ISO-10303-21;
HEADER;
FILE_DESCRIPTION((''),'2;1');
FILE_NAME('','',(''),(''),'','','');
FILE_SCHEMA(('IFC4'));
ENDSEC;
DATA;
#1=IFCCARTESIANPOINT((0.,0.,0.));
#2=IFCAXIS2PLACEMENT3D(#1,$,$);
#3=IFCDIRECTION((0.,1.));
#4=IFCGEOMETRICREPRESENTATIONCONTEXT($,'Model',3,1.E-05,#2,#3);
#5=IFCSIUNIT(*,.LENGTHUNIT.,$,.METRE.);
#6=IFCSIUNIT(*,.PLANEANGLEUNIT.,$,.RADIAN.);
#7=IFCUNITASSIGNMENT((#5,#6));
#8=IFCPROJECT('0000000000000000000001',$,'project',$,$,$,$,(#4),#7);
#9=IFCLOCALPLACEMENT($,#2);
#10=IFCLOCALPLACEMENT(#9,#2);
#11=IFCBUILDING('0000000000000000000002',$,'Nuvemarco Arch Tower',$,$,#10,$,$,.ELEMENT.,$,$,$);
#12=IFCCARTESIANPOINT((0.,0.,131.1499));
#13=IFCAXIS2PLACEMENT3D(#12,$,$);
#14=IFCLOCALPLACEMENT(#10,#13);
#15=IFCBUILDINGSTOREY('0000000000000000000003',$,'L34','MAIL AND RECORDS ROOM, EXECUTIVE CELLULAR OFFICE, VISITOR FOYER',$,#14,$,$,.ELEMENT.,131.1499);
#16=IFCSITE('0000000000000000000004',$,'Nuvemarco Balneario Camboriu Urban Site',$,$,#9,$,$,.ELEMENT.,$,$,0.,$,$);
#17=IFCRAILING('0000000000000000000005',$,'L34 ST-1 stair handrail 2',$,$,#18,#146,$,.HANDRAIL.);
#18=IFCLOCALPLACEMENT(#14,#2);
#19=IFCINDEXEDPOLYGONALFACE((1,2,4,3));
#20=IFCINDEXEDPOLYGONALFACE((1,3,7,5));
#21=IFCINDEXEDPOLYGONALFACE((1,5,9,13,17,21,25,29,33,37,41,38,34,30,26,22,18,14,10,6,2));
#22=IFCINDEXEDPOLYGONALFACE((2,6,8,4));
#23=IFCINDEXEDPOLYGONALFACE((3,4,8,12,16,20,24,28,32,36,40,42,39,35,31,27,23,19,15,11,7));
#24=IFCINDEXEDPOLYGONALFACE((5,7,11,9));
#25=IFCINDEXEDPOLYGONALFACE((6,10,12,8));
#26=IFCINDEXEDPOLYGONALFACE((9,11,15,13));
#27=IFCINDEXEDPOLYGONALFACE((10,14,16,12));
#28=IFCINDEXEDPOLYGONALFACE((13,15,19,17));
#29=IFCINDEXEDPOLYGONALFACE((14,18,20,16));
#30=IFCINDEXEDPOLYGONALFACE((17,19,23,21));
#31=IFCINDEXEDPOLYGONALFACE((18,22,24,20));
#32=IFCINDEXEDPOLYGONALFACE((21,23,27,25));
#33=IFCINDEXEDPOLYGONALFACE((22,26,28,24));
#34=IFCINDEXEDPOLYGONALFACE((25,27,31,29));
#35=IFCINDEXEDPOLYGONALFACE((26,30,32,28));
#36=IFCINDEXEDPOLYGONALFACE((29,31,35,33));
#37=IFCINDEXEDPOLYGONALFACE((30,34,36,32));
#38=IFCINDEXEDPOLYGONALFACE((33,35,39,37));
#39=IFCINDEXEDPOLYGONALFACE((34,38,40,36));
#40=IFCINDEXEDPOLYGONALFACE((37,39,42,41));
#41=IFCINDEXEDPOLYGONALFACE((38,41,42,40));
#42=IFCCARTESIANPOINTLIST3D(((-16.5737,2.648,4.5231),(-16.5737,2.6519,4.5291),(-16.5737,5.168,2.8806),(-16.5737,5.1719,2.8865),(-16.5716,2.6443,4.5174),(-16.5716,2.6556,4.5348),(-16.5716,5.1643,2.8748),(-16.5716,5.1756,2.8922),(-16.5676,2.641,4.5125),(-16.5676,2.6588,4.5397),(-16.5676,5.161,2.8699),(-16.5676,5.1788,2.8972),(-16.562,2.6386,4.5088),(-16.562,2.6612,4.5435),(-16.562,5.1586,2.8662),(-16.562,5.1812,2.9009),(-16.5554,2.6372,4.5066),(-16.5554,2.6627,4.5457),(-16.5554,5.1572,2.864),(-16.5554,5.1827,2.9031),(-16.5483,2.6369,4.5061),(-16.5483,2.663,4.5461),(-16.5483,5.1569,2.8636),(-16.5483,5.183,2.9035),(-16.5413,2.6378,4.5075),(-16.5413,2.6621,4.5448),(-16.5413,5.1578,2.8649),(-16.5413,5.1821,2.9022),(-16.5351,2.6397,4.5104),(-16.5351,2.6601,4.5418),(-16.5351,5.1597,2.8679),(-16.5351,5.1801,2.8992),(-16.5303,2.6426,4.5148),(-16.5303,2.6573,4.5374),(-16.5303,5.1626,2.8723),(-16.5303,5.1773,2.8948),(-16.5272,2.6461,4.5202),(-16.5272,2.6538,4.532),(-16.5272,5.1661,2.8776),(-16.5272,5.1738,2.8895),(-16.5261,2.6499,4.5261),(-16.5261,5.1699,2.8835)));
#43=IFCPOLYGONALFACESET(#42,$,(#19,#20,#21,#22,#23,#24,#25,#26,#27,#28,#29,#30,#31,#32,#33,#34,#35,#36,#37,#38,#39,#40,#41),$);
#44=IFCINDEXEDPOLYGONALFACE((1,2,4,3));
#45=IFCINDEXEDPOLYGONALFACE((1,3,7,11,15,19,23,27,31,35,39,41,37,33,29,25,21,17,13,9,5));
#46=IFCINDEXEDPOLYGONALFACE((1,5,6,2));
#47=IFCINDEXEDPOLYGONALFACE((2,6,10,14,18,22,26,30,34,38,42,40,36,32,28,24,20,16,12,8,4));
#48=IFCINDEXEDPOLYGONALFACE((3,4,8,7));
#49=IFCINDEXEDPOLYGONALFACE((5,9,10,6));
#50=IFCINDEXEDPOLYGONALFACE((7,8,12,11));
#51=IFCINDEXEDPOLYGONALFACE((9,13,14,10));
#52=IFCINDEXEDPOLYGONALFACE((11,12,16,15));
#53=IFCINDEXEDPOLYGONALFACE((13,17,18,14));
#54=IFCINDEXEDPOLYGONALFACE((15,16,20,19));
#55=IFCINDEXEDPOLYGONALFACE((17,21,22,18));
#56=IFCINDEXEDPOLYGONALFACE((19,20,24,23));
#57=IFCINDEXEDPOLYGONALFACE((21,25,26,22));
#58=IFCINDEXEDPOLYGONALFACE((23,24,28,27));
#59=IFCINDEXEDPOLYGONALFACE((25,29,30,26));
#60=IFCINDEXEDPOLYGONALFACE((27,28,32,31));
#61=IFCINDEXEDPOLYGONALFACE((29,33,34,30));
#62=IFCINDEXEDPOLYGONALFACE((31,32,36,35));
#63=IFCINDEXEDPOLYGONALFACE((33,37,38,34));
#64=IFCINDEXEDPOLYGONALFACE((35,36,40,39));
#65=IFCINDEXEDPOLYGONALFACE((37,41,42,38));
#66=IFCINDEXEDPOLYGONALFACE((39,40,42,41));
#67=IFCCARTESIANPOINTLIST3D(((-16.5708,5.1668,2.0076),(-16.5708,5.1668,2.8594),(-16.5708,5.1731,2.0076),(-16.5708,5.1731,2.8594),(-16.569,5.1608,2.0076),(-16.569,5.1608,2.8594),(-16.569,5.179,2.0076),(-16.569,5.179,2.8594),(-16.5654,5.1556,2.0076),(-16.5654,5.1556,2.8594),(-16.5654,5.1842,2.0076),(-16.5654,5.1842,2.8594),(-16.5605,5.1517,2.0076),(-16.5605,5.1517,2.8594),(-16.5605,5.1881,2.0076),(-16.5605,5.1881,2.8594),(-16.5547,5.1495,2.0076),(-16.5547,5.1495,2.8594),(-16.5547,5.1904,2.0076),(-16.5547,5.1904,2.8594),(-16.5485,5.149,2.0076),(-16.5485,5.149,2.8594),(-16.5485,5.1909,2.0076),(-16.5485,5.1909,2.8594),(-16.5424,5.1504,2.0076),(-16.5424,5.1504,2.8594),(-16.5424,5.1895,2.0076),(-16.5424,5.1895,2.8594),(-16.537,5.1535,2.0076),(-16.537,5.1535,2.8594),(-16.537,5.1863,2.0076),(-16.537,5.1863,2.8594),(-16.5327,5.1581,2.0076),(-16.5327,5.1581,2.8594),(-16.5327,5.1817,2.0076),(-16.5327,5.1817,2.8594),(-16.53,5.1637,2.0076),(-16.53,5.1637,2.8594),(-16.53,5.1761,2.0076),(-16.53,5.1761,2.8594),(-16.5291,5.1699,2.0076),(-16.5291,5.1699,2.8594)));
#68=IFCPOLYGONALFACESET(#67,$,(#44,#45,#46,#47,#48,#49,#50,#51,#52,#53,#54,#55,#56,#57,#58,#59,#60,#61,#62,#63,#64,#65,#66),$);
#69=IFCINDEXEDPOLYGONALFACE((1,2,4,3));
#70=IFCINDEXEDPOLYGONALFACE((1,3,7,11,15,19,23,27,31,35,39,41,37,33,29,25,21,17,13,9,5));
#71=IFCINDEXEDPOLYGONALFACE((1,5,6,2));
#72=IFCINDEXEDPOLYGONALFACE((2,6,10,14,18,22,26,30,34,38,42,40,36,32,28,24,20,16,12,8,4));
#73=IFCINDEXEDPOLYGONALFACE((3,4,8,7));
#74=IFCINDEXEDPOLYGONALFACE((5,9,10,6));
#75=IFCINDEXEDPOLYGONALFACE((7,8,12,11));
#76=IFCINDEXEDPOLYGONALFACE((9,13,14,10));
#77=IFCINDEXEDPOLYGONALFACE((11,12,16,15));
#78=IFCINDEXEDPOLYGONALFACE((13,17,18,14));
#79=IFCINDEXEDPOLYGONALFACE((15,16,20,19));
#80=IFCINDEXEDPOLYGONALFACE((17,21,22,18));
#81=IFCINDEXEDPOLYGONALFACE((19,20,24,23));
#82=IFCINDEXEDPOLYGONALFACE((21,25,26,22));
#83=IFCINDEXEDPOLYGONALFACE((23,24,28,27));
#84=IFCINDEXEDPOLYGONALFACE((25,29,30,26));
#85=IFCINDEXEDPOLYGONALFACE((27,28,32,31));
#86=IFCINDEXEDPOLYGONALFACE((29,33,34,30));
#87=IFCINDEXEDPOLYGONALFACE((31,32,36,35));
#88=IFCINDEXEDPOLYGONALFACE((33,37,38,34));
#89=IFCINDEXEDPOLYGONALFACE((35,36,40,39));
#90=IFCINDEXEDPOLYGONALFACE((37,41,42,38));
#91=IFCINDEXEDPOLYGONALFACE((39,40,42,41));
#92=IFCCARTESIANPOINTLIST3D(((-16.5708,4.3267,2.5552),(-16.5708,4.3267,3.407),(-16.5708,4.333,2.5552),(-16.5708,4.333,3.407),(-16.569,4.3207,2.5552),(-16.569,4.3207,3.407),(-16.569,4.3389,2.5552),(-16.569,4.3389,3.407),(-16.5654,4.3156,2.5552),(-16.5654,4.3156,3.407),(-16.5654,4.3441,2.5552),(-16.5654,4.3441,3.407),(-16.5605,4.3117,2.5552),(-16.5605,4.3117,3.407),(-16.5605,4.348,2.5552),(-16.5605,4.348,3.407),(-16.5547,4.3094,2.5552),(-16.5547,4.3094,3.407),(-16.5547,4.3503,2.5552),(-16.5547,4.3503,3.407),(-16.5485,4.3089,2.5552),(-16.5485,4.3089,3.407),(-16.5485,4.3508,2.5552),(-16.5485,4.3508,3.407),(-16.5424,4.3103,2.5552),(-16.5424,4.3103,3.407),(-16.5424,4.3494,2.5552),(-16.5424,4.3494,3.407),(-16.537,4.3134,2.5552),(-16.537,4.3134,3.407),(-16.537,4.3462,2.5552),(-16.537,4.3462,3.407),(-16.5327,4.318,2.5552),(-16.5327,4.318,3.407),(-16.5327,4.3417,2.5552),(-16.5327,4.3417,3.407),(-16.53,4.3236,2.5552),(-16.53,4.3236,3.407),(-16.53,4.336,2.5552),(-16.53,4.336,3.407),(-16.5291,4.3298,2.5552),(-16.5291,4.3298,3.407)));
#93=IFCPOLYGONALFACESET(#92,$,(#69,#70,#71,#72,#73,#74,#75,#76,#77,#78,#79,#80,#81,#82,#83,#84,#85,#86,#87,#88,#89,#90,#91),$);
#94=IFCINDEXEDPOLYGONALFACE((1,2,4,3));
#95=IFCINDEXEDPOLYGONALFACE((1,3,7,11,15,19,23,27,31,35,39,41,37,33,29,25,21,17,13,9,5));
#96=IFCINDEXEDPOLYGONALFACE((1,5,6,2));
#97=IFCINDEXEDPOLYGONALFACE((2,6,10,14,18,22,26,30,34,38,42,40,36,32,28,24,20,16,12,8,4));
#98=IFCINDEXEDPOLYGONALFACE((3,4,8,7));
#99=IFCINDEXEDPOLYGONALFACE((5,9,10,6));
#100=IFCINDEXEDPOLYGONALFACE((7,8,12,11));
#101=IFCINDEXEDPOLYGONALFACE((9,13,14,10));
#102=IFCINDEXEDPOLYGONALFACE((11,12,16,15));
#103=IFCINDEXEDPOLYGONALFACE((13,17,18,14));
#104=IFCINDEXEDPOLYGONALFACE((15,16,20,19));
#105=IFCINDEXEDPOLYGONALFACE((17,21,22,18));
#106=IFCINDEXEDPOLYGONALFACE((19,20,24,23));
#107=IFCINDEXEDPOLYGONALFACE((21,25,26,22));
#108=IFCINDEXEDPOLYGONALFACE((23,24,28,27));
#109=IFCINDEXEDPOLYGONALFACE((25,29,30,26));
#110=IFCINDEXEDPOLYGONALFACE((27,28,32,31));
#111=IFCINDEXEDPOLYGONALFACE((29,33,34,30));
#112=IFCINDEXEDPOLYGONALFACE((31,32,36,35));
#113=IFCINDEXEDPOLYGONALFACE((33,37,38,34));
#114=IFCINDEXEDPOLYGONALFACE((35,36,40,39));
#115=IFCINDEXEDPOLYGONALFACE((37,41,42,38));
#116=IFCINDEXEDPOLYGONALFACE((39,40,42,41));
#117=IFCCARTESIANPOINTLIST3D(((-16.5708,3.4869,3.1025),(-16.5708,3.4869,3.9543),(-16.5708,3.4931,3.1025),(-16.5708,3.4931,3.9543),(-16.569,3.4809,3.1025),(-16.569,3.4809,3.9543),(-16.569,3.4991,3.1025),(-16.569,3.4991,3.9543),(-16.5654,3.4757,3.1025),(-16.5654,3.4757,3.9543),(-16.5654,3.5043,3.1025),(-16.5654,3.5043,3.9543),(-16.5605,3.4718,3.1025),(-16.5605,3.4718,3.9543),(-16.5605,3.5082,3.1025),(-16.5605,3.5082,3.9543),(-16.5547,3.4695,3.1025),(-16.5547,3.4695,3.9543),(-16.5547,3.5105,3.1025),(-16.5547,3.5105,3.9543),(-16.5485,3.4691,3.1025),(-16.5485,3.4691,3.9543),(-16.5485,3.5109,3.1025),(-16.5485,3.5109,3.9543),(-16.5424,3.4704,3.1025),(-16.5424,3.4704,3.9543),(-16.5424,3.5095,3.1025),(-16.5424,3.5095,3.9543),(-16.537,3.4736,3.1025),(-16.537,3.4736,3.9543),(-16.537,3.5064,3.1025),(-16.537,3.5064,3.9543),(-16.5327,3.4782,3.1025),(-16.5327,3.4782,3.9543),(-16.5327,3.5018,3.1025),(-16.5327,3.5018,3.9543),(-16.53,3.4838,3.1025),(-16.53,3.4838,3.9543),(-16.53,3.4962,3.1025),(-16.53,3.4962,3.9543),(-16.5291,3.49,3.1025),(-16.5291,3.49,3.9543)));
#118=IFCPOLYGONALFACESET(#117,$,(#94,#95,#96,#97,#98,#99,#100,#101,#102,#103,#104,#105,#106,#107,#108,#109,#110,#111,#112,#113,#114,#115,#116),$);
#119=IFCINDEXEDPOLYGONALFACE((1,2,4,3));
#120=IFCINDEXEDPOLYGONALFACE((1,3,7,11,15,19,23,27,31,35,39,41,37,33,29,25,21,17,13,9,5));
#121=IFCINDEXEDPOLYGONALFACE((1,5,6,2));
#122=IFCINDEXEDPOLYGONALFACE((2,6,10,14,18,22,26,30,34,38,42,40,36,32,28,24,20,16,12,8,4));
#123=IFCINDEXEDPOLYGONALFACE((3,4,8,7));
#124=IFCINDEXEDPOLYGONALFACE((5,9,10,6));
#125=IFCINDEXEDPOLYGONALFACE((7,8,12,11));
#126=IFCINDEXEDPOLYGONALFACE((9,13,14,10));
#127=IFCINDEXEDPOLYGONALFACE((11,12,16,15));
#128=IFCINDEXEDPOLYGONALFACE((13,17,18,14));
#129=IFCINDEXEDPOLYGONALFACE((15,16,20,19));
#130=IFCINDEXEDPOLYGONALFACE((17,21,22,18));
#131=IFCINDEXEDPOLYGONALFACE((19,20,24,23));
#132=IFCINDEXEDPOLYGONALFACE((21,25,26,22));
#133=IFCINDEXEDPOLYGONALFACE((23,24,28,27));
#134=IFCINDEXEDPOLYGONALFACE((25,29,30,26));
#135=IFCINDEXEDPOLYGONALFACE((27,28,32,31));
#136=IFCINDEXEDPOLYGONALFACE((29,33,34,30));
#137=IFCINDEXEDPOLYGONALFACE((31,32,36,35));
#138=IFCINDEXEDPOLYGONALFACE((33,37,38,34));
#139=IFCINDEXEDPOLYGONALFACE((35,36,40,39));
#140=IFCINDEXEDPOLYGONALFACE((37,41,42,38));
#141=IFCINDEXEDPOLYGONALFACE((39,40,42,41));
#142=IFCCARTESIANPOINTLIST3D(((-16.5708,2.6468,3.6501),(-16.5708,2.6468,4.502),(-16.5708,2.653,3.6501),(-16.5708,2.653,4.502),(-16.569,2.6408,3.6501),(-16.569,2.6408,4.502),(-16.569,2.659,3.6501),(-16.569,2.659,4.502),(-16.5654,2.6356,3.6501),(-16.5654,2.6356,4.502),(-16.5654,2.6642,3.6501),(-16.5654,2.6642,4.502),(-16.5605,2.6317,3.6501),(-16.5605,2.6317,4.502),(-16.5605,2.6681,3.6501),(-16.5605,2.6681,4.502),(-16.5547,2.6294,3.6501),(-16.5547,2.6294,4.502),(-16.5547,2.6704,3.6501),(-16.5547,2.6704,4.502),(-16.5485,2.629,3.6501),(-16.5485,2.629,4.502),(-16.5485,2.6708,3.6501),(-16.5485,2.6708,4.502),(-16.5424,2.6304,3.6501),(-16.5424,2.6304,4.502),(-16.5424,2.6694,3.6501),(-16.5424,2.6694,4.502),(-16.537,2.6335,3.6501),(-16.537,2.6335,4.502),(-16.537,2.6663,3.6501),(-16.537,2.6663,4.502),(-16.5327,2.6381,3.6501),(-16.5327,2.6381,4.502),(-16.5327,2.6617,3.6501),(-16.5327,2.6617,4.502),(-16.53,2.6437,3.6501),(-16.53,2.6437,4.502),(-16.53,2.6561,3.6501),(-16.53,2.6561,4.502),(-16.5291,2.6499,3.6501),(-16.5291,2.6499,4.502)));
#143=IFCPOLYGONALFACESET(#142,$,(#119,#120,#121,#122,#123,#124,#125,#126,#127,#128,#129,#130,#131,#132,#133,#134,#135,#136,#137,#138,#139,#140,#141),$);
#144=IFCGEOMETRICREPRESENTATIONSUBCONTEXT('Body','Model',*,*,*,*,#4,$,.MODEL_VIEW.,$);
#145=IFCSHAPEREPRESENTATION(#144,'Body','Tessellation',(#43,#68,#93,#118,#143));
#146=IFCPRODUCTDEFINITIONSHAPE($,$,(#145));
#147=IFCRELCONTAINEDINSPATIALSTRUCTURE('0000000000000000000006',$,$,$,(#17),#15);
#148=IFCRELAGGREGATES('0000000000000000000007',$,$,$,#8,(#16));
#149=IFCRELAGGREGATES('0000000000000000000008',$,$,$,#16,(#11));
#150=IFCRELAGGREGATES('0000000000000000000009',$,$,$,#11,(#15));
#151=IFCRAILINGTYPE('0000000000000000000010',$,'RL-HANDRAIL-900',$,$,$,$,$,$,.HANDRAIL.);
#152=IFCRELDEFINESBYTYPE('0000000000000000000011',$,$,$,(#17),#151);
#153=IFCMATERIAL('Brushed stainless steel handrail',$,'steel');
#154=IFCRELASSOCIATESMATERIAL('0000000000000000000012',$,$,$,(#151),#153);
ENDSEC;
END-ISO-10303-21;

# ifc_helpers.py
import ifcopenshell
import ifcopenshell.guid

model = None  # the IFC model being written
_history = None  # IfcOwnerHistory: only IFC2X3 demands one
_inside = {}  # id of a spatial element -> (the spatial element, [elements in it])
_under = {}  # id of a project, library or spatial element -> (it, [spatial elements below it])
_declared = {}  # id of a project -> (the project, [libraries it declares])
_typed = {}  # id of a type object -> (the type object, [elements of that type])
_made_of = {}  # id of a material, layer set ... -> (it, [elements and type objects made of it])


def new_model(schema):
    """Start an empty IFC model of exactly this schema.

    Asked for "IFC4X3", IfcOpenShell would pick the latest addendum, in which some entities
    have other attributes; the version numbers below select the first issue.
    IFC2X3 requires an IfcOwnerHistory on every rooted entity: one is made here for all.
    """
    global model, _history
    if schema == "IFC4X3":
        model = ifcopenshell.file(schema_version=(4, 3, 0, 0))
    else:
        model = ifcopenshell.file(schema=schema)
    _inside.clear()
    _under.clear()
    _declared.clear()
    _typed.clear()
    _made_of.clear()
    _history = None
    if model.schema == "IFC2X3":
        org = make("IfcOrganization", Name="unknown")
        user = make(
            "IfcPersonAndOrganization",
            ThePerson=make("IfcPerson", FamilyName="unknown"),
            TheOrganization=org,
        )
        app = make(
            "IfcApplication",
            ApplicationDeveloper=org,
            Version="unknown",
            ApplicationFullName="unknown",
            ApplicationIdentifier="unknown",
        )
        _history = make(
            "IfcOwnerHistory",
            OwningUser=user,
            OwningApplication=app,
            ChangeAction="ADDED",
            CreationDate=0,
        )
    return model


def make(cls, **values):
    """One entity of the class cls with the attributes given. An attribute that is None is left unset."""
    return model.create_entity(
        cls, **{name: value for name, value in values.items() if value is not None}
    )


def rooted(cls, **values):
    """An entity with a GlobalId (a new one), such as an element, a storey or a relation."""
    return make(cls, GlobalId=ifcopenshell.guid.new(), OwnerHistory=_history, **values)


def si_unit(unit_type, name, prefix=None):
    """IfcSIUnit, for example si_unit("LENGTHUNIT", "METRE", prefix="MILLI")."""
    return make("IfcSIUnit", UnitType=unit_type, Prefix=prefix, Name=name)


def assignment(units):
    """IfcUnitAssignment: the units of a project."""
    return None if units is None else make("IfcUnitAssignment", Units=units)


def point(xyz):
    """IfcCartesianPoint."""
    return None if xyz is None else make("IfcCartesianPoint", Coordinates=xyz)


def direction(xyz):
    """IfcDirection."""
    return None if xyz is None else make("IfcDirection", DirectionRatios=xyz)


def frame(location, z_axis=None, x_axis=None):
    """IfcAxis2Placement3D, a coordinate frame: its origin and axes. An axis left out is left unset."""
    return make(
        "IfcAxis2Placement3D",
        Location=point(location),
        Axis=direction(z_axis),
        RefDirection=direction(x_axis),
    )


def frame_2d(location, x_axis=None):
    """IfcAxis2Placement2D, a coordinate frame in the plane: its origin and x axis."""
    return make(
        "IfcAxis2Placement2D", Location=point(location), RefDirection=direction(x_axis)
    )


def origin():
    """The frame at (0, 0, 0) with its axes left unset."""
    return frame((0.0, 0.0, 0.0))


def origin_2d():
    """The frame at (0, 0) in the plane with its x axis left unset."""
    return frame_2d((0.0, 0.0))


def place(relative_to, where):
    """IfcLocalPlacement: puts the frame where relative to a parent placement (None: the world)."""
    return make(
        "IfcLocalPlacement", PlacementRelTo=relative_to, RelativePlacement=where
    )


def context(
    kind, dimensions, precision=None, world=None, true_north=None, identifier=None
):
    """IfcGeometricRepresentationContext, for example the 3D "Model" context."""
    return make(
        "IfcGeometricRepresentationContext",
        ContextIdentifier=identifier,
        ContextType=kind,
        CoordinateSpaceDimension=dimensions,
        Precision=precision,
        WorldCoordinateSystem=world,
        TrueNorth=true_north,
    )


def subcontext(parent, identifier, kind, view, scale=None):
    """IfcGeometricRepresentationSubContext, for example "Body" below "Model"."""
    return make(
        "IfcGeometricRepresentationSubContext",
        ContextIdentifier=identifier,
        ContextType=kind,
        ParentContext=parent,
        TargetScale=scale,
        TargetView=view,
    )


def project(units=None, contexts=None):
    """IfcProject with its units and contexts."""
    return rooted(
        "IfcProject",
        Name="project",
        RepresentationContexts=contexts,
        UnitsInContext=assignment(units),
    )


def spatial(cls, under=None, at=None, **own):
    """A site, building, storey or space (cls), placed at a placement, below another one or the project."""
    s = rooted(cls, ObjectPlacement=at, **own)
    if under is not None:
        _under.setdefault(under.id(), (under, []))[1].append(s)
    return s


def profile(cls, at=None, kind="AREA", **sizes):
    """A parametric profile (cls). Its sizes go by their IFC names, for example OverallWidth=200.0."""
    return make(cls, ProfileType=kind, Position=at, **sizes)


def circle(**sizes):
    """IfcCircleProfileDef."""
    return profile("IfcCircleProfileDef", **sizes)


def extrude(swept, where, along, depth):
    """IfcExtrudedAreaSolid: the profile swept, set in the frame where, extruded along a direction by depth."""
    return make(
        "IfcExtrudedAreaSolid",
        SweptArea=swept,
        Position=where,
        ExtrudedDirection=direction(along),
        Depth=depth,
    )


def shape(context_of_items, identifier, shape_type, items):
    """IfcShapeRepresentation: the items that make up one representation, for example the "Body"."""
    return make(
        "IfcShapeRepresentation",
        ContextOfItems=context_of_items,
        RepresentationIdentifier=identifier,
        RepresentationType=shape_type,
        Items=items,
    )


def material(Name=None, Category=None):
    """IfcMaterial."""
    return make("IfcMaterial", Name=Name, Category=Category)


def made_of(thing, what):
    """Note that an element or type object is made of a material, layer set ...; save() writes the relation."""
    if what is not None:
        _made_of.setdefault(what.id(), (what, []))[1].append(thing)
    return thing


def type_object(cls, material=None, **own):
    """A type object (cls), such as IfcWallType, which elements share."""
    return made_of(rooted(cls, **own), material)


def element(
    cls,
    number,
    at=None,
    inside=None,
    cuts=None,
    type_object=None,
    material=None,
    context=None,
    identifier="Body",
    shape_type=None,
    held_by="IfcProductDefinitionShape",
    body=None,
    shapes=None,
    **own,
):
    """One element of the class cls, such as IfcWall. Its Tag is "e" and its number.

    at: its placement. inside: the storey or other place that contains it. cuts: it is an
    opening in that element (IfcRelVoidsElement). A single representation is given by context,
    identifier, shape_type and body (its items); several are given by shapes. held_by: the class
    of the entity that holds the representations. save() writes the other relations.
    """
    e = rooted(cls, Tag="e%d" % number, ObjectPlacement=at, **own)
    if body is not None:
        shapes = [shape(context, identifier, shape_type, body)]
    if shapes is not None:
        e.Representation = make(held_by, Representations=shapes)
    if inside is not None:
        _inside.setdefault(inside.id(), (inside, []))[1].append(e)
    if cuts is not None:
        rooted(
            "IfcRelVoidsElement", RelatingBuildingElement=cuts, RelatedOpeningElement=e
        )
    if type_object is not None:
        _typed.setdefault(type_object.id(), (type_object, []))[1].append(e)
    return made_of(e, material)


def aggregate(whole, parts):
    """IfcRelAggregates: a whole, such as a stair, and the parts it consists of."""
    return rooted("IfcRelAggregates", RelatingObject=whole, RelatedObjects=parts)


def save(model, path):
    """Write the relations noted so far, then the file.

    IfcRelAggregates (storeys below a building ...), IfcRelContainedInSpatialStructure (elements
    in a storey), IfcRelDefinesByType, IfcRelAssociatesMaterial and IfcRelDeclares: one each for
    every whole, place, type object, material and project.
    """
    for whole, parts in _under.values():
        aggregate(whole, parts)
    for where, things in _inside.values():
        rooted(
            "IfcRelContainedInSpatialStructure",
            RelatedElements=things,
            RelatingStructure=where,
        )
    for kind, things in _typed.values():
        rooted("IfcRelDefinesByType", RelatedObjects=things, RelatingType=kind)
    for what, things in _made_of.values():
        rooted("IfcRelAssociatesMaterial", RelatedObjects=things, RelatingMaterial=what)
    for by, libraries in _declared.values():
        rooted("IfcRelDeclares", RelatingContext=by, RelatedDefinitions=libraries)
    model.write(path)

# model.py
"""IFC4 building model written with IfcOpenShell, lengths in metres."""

from ifc_helpers import new_model, si_unit, direction, frame, origin, origin_2d, place, context, subcontext, project, spatial, circle, extrude, material, type_object, element, save


model = new_model("IFC4")

# Units and contexts
model_context = context("Model", 3, precision=1e-05, world=origin(), true_north=direction((0.0, 1.0)))
body_context = subcontext(model_context, "Body", "Model", "MODEL_VIEW")
ifc_project = project(units=[si_unit("LENGTHUNIT", "METRE"), si_unit("PLANEANGLEUNIT", "RADIAN")], contexts=[model_context])

# Site, building, storey
site_placement = place(None, origin())
site = spatial("IfcSite", under=ifc_project, at=site_placement, Name="Nuvemarco Balneario Camboriu Urban Site", CompositionType="ELEMENT", RefElevation=0.0)
building_placement = place(site_placement, origin())
building = spatial("IfcBuilding", under=site, at=building_placement, Name="Nuvemarco Arch Tower", CompositionType="ELEMENT")
storey_placement = place(building_placement, frame((0.0, 0.0, 131.1499)))
storey = spatial("IfcBuildingStorey", under=building, at=storey_placement, Name="L34", Description="MAIL AND RECORDS ROOM, EXECUTIVE CELLULAR OFFICE, VISITOR FOYER", CompositionType="ELEMENT", Elevation=131.1499)

# Railing
ifc_material_1 = material(Name="Brushed stainless steel handrail", Category="steel")
railing_type_1 = type_object("IfcRailingType", Name="RL-HANDRAIL-900", PredefinedType="HANDRAIL", material=ifc_material_1)
railing_1_placement = place(storey_placement, frame((-16.55, 5.1699, 2.0076)))
element("IfcRailing", 1, at=railing_1_placement, inside=storey, type_object=railing_type_1, Name="L34 ST-1 stair handrail 2", PredefinedType="HANDRAIL", context=body_context, shape_type="SweptSolid", body=[
    extrude(circle(Radius=0.0239, at=origin_2d()), frame((0.0, 0.0, 0.876), z_axis=(0.0, -0.837749, 0.546055), x_axis=(1.0, 0.0, 0.0)), (0.0, 0.0, 1.0), 3.0081),
    extrude(circle(Radius=0.021, at=origin_2d()), origin(), (0.0, 0.0, 1.0), 0.8518),
    extrude(circle(Radius=0.021, at=origin_2d()), frame((0.0, -0.8401, 0.5476)), (0.0, 0.0, 1.0), 0.8518),
    extrude(circle(Radius=0.021, at=origin_2d()), frame((0.0, -1.6799, 1.095)), (0.0, 0.0, 1.0), 0.8518),
    extrude(circle(Radius=0.021, at=origin_2d()), frame((0.0, -2.52, 1.6426)), (0.0, 0.0, 1.0), 0.8518),
])

save(model, "model.ifc")
